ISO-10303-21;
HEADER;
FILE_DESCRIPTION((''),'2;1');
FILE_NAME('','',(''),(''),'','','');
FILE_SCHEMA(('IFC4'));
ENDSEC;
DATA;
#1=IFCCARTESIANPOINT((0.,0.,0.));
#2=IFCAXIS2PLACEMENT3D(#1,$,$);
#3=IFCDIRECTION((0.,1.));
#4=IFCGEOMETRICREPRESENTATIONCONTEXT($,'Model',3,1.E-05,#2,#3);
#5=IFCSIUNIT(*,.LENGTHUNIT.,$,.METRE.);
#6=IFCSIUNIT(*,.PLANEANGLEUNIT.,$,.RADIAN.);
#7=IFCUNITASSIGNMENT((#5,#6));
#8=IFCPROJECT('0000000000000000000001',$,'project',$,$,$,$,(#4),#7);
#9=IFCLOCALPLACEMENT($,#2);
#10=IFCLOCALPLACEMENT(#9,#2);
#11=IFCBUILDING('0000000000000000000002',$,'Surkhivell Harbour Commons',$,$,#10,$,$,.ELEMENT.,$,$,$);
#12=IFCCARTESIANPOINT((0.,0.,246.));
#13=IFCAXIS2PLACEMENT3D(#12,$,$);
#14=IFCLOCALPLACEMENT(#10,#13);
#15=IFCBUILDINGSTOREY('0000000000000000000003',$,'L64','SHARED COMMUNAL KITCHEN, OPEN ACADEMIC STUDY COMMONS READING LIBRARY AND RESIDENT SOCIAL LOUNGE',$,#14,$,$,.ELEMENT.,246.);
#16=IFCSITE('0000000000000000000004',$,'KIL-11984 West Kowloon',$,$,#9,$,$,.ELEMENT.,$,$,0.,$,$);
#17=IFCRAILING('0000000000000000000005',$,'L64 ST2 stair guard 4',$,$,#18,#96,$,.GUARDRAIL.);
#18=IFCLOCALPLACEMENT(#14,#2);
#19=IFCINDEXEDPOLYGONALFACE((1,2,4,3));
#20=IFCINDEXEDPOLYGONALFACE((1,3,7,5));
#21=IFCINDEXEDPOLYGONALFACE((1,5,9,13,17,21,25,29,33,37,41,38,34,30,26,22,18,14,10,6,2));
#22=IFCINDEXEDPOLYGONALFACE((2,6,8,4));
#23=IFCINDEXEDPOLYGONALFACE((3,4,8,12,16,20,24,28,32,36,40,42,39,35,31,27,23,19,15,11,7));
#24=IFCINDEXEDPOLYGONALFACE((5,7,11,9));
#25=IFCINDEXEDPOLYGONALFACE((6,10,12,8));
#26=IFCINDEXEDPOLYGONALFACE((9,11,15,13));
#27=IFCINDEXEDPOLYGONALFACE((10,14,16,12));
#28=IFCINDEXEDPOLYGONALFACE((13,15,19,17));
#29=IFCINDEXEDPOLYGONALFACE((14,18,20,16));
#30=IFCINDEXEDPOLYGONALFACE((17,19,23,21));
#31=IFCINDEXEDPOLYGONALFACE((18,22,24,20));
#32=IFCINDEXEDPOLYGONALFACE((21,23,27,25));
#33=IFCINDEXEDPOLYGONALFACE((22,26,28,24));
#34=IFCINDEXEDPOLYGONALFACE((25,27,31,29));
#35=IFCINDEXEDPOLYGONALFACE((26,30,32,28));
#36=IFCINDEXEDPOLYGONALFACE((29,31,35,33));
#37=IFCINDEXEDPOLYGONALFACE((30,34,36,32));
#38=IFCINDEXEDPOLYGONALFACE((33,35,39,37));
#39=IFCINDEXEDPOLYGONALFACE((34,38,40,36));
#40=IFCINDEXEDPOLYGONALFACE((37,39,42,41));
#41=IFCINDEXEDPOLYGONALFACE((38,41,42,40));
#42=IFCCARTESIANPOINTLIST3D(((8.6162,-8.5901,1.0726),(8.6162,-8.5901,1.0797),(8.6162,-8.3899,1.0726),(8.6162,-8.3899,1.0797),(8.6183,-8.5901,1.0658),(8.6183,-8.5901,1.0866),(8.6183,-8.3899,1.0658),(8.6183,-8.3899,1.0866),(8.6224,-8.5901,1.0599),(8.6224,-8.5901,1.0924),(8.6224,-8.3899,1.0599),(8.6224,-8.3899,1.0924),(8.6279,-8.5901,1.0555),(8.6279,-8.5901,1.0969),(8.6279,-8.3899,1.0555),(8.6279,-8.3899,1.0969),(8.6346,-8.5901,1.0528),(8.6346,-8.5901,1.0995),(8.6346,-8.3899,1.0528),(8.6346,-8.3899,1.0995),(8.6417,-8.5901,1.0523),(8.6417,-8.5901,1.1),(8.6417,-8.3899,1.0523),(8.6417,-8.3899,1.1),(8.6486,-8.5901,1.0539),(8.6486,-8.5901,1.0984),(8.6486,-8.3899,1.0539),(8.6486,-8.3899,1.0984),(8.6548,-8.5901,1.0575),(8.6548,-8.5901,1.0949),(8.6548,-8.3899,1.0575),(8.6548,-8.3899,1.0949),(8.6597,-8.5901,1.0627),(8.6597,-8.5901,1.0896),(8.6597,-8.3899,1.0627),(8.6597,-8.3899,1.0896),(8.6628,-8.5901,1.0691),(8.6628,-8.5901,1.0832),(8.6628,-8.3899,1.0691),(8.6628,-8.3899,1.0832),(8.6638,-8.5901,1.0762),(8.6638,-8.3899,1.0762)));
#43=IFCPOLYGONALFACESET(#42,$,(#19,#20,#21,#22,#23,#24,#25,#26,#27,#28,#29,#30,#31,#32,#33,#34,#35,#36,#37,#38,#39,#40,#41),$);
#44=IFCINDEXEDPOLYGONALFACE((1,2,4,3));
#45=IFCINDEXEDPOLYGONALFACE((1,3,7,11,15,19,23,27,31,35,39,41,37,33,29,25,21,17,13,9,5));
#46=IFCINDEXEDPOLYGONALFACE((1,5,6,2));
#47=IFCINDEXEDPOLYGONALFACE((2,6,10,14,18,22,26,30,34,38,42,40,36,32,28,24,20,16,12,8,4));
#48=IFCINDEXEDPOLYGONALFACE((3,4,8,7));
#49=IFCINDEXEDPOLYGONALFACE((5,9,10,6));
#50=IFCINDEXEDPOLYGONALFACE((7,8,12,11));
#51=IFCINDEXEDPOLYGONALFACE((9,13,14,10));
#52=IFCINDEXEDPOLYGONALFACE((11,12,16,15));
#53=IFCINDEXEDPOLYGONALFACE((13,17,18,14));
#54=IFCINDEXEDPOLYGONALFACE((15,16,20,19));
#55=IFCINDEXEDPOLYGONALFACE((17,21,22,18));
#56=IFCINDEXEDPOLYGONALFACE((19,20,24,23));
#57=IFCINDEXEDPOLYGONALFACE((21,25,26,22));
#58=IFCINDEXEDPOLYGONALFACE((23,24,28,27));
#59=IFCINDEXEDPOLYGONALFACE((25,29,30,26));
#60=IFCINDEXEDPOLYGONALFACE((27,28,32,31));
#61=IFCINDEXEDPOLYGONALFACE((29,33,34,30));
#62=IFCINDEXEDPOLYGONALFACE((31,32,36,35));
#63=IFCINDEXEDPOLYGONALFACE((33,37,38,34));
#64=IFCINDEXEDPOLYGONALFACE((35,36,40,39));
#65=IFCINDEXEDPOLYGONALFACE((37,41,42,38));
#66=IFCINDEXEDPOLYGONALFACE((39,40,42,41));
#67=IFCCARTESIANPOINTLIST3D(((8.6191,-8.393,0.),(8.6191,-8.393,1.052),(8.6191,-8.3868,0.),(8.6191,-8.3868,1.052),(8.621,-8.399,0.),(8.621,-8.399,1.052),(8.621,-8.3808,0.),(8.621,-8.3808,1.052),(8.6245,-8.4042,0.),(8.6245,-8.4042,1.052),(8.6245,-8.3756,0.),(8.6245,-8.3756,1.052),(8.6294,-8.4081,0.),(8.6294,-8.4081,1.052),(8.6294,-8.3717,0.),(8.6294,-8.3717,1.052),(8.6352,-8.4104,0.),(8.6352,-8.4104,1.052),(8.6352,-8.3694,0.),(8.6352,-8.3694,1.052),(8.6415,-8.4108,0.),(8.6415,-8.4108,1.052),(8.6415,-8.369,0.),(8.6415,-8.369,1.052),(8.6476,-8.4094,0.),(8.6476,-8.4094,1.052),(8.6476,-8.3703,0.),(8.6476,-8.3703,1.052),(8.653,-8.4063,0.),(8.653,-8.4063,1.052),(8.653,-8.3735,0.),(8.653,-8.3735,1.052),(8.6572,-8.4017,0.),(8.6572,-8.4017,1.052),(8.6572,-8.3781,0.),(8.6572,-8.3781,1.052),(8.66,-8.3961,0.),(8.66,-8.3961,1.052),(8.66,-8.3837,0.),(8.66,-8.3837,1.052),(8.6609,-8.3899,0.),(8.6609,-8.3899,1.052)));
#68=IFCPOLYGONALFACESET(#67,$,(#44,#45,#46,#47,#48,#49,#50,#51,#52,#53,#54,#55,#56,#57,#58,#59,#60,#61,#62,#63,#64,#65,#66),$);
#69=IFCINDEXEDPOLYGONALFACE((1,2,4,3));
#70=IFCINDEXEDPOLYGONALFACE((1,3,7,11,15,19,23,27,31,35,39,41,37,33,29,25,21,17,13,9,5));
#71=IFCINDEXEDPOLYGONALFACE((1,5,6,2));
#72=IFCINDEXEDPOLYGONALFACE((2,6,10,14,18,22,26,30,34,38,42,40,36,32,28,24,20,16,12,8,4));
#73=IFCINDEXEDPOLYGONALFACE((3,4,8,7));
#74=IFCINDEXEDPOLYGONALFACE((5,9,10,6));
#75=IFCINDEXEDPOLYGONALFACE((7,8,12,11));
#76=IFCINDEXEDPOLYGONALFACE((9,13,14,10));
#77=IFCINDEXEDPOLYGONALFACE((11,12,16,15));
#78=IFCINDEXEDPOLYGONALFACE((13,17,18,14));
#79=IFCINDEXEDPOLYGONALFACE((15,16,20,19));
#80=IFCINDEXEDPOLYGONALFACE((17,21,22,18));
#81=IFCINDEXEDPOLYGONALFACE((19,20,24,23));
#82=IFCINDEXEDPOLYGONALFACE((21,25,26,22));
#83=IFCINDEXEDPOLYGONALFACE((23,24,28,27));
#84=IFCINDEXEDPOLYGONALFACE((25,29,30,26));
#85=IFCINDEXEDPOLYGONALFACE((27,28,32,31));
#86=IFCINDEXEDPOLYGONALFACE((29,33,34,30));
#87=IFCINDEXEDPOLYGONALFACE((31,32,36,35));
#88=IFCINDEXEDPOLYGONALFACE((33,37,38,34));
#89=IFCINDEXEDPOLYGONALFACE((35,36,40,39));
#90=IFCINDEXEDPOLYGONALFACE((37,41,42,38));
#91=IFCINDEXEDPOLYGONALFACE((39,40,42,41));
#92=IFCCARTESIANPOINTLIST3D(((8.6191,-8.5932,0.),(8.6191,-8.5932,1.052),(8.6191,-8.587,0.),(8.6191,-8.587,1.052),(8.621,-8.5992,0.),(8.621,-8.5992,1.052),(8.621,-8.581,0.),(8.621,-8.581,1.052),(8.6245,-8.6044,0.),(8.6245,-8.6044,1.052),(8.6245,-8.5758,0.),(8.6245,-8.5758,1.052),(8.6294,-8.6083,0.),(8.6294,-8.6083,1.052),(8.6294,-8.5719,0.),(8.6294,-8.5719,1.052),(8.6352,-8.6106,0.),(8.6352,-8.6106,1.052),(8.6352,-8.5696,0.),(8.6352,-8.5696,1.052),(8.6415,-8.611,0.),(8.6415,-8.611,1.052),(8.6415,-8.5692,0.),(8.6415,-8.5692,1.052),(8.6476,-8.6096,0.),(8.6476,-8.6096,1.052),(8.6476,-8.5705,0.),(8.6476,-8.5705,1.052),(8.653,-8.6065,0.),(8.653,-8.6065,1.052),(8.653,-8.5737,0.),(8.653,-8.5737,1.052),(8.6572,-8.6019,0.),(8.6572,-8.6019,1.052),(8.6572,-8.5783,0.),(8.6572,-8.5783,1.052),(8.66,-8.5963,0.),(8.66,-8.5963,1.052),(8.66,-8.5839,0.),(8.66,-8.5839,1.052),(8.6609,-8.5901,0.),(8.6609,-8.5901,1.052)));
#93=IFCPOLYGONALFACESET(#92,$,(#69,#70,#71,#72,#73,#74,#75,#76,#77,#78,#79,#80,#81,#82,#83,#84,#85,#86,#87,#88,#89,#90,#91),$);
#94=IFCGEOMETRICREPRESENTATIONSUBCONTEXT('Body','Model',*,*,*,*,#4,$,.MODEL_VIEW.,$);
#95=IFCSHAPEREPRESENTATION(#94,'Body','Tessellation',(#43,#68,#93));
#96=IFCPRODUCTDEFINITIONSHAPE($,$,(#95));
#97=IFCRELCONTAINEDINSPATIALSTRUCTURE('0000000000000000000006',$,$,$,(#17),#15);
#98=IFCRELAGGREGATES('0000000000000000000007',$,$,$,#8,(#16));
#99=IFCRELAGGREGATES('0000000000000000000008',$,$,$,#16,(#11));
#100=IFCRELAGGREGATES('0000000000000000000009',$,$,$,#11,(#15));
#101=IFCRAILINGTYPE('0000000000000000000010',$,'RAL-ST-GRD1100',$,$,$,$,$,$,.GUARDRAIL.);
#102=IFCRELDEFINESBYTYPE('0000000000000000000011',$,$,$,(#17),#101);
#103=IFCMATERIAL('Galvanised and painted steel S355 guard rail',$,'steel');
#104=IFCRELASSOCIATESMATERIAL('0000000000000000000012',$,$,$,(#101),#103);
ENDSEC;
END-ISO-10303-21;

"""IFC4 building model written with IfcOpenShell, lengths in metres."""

from ifc_helpers import new_model, si_unit, direction, frame, origin, origin_2d, place, context, subcontext, project, spatial, circle, extrude, material, type_object, element, save


model = new_model("IFC4")

# Units and contexts
model_context = context("Model", 3, precision=1e-05, world=origin(), true_north=direction((0.0, 1.0)))
body_context = subcontext(model_context, "Body", "Model", "MODEL_VIEW")
ifc_project = project(units=[si_unit("LENGTHUNIT", "METRE"), si_unit("PLANEANGLEUNIT", "RADIAN")], contexts=[model_context])

# Site, building, storey
site_placement = place(None, origin())
site = spatial("IfcSite", under=ifc_project, at=site_placement, Name="KIL-11984 West Kowloon", CompositionType="ELEMENT", RefElevation=0.0)
building_placement = place(site_placement, origin())
building = spatial("IfcBuilding", under=site, at=building_placement, Name="Surkhivell Harbour Commons", CompositionType="ELEMENT")
storey_placement = place(building_placement, frame((0.0, 0.0, 246.0)))
storey = spatial("IfcBuildingStorey", under=building, at=storey_placement, Name="L64", Description="SHARED COMMUNAL KITCHEN, OPEN ACADEMIC STUDY COMMONS READING LIBRARY AND RESIDENT SOCIAL LOUNGE", CompositionType="ELEMENT", Elevation=246.0)

# Railing
ifc_material_1 = material(Name="Galvanised and painted steel S355 guard rail", Category="steel")
railing_type = type_object("IfcRailingType", Name="RAL-ST-GRD1100", PredefinedType="GUARDRAIL", material=ifc_material_1)
railing_1_placement = place(storey_placement, frame((8.6399, -8.3899, 0.0)))
element("IfcRailing", 1, at=railing_1_placement, inside=storey, type_object=railing_type, Name="L64 ST2 stair guard 4", PredefinedType="GUARDRAIL", context=body_context, shape_type="SweptSolid", body=[
    extrude(circle(Radius=0.0239, at=origin_2d()), frame((0.0, 0.0, 1.0762), z_axis=(0.0, -1.0, 0.0), x_axis=(1.0, 0.0, 0.0)), (0.0, 0.0, 1.0), 0.2002),
    extrude(circle(Radius=0.021, at=origin_2d()), origin(), (0.0, 0.0, 1.0), 1.052),
    extrude(circle(Radius=0.021, at=origin_2d()), frame((0.0, -0.2002, 0.0)), (0.0, 0.0, 1.0), 1.052),
])

save(model, "model.ifc")
